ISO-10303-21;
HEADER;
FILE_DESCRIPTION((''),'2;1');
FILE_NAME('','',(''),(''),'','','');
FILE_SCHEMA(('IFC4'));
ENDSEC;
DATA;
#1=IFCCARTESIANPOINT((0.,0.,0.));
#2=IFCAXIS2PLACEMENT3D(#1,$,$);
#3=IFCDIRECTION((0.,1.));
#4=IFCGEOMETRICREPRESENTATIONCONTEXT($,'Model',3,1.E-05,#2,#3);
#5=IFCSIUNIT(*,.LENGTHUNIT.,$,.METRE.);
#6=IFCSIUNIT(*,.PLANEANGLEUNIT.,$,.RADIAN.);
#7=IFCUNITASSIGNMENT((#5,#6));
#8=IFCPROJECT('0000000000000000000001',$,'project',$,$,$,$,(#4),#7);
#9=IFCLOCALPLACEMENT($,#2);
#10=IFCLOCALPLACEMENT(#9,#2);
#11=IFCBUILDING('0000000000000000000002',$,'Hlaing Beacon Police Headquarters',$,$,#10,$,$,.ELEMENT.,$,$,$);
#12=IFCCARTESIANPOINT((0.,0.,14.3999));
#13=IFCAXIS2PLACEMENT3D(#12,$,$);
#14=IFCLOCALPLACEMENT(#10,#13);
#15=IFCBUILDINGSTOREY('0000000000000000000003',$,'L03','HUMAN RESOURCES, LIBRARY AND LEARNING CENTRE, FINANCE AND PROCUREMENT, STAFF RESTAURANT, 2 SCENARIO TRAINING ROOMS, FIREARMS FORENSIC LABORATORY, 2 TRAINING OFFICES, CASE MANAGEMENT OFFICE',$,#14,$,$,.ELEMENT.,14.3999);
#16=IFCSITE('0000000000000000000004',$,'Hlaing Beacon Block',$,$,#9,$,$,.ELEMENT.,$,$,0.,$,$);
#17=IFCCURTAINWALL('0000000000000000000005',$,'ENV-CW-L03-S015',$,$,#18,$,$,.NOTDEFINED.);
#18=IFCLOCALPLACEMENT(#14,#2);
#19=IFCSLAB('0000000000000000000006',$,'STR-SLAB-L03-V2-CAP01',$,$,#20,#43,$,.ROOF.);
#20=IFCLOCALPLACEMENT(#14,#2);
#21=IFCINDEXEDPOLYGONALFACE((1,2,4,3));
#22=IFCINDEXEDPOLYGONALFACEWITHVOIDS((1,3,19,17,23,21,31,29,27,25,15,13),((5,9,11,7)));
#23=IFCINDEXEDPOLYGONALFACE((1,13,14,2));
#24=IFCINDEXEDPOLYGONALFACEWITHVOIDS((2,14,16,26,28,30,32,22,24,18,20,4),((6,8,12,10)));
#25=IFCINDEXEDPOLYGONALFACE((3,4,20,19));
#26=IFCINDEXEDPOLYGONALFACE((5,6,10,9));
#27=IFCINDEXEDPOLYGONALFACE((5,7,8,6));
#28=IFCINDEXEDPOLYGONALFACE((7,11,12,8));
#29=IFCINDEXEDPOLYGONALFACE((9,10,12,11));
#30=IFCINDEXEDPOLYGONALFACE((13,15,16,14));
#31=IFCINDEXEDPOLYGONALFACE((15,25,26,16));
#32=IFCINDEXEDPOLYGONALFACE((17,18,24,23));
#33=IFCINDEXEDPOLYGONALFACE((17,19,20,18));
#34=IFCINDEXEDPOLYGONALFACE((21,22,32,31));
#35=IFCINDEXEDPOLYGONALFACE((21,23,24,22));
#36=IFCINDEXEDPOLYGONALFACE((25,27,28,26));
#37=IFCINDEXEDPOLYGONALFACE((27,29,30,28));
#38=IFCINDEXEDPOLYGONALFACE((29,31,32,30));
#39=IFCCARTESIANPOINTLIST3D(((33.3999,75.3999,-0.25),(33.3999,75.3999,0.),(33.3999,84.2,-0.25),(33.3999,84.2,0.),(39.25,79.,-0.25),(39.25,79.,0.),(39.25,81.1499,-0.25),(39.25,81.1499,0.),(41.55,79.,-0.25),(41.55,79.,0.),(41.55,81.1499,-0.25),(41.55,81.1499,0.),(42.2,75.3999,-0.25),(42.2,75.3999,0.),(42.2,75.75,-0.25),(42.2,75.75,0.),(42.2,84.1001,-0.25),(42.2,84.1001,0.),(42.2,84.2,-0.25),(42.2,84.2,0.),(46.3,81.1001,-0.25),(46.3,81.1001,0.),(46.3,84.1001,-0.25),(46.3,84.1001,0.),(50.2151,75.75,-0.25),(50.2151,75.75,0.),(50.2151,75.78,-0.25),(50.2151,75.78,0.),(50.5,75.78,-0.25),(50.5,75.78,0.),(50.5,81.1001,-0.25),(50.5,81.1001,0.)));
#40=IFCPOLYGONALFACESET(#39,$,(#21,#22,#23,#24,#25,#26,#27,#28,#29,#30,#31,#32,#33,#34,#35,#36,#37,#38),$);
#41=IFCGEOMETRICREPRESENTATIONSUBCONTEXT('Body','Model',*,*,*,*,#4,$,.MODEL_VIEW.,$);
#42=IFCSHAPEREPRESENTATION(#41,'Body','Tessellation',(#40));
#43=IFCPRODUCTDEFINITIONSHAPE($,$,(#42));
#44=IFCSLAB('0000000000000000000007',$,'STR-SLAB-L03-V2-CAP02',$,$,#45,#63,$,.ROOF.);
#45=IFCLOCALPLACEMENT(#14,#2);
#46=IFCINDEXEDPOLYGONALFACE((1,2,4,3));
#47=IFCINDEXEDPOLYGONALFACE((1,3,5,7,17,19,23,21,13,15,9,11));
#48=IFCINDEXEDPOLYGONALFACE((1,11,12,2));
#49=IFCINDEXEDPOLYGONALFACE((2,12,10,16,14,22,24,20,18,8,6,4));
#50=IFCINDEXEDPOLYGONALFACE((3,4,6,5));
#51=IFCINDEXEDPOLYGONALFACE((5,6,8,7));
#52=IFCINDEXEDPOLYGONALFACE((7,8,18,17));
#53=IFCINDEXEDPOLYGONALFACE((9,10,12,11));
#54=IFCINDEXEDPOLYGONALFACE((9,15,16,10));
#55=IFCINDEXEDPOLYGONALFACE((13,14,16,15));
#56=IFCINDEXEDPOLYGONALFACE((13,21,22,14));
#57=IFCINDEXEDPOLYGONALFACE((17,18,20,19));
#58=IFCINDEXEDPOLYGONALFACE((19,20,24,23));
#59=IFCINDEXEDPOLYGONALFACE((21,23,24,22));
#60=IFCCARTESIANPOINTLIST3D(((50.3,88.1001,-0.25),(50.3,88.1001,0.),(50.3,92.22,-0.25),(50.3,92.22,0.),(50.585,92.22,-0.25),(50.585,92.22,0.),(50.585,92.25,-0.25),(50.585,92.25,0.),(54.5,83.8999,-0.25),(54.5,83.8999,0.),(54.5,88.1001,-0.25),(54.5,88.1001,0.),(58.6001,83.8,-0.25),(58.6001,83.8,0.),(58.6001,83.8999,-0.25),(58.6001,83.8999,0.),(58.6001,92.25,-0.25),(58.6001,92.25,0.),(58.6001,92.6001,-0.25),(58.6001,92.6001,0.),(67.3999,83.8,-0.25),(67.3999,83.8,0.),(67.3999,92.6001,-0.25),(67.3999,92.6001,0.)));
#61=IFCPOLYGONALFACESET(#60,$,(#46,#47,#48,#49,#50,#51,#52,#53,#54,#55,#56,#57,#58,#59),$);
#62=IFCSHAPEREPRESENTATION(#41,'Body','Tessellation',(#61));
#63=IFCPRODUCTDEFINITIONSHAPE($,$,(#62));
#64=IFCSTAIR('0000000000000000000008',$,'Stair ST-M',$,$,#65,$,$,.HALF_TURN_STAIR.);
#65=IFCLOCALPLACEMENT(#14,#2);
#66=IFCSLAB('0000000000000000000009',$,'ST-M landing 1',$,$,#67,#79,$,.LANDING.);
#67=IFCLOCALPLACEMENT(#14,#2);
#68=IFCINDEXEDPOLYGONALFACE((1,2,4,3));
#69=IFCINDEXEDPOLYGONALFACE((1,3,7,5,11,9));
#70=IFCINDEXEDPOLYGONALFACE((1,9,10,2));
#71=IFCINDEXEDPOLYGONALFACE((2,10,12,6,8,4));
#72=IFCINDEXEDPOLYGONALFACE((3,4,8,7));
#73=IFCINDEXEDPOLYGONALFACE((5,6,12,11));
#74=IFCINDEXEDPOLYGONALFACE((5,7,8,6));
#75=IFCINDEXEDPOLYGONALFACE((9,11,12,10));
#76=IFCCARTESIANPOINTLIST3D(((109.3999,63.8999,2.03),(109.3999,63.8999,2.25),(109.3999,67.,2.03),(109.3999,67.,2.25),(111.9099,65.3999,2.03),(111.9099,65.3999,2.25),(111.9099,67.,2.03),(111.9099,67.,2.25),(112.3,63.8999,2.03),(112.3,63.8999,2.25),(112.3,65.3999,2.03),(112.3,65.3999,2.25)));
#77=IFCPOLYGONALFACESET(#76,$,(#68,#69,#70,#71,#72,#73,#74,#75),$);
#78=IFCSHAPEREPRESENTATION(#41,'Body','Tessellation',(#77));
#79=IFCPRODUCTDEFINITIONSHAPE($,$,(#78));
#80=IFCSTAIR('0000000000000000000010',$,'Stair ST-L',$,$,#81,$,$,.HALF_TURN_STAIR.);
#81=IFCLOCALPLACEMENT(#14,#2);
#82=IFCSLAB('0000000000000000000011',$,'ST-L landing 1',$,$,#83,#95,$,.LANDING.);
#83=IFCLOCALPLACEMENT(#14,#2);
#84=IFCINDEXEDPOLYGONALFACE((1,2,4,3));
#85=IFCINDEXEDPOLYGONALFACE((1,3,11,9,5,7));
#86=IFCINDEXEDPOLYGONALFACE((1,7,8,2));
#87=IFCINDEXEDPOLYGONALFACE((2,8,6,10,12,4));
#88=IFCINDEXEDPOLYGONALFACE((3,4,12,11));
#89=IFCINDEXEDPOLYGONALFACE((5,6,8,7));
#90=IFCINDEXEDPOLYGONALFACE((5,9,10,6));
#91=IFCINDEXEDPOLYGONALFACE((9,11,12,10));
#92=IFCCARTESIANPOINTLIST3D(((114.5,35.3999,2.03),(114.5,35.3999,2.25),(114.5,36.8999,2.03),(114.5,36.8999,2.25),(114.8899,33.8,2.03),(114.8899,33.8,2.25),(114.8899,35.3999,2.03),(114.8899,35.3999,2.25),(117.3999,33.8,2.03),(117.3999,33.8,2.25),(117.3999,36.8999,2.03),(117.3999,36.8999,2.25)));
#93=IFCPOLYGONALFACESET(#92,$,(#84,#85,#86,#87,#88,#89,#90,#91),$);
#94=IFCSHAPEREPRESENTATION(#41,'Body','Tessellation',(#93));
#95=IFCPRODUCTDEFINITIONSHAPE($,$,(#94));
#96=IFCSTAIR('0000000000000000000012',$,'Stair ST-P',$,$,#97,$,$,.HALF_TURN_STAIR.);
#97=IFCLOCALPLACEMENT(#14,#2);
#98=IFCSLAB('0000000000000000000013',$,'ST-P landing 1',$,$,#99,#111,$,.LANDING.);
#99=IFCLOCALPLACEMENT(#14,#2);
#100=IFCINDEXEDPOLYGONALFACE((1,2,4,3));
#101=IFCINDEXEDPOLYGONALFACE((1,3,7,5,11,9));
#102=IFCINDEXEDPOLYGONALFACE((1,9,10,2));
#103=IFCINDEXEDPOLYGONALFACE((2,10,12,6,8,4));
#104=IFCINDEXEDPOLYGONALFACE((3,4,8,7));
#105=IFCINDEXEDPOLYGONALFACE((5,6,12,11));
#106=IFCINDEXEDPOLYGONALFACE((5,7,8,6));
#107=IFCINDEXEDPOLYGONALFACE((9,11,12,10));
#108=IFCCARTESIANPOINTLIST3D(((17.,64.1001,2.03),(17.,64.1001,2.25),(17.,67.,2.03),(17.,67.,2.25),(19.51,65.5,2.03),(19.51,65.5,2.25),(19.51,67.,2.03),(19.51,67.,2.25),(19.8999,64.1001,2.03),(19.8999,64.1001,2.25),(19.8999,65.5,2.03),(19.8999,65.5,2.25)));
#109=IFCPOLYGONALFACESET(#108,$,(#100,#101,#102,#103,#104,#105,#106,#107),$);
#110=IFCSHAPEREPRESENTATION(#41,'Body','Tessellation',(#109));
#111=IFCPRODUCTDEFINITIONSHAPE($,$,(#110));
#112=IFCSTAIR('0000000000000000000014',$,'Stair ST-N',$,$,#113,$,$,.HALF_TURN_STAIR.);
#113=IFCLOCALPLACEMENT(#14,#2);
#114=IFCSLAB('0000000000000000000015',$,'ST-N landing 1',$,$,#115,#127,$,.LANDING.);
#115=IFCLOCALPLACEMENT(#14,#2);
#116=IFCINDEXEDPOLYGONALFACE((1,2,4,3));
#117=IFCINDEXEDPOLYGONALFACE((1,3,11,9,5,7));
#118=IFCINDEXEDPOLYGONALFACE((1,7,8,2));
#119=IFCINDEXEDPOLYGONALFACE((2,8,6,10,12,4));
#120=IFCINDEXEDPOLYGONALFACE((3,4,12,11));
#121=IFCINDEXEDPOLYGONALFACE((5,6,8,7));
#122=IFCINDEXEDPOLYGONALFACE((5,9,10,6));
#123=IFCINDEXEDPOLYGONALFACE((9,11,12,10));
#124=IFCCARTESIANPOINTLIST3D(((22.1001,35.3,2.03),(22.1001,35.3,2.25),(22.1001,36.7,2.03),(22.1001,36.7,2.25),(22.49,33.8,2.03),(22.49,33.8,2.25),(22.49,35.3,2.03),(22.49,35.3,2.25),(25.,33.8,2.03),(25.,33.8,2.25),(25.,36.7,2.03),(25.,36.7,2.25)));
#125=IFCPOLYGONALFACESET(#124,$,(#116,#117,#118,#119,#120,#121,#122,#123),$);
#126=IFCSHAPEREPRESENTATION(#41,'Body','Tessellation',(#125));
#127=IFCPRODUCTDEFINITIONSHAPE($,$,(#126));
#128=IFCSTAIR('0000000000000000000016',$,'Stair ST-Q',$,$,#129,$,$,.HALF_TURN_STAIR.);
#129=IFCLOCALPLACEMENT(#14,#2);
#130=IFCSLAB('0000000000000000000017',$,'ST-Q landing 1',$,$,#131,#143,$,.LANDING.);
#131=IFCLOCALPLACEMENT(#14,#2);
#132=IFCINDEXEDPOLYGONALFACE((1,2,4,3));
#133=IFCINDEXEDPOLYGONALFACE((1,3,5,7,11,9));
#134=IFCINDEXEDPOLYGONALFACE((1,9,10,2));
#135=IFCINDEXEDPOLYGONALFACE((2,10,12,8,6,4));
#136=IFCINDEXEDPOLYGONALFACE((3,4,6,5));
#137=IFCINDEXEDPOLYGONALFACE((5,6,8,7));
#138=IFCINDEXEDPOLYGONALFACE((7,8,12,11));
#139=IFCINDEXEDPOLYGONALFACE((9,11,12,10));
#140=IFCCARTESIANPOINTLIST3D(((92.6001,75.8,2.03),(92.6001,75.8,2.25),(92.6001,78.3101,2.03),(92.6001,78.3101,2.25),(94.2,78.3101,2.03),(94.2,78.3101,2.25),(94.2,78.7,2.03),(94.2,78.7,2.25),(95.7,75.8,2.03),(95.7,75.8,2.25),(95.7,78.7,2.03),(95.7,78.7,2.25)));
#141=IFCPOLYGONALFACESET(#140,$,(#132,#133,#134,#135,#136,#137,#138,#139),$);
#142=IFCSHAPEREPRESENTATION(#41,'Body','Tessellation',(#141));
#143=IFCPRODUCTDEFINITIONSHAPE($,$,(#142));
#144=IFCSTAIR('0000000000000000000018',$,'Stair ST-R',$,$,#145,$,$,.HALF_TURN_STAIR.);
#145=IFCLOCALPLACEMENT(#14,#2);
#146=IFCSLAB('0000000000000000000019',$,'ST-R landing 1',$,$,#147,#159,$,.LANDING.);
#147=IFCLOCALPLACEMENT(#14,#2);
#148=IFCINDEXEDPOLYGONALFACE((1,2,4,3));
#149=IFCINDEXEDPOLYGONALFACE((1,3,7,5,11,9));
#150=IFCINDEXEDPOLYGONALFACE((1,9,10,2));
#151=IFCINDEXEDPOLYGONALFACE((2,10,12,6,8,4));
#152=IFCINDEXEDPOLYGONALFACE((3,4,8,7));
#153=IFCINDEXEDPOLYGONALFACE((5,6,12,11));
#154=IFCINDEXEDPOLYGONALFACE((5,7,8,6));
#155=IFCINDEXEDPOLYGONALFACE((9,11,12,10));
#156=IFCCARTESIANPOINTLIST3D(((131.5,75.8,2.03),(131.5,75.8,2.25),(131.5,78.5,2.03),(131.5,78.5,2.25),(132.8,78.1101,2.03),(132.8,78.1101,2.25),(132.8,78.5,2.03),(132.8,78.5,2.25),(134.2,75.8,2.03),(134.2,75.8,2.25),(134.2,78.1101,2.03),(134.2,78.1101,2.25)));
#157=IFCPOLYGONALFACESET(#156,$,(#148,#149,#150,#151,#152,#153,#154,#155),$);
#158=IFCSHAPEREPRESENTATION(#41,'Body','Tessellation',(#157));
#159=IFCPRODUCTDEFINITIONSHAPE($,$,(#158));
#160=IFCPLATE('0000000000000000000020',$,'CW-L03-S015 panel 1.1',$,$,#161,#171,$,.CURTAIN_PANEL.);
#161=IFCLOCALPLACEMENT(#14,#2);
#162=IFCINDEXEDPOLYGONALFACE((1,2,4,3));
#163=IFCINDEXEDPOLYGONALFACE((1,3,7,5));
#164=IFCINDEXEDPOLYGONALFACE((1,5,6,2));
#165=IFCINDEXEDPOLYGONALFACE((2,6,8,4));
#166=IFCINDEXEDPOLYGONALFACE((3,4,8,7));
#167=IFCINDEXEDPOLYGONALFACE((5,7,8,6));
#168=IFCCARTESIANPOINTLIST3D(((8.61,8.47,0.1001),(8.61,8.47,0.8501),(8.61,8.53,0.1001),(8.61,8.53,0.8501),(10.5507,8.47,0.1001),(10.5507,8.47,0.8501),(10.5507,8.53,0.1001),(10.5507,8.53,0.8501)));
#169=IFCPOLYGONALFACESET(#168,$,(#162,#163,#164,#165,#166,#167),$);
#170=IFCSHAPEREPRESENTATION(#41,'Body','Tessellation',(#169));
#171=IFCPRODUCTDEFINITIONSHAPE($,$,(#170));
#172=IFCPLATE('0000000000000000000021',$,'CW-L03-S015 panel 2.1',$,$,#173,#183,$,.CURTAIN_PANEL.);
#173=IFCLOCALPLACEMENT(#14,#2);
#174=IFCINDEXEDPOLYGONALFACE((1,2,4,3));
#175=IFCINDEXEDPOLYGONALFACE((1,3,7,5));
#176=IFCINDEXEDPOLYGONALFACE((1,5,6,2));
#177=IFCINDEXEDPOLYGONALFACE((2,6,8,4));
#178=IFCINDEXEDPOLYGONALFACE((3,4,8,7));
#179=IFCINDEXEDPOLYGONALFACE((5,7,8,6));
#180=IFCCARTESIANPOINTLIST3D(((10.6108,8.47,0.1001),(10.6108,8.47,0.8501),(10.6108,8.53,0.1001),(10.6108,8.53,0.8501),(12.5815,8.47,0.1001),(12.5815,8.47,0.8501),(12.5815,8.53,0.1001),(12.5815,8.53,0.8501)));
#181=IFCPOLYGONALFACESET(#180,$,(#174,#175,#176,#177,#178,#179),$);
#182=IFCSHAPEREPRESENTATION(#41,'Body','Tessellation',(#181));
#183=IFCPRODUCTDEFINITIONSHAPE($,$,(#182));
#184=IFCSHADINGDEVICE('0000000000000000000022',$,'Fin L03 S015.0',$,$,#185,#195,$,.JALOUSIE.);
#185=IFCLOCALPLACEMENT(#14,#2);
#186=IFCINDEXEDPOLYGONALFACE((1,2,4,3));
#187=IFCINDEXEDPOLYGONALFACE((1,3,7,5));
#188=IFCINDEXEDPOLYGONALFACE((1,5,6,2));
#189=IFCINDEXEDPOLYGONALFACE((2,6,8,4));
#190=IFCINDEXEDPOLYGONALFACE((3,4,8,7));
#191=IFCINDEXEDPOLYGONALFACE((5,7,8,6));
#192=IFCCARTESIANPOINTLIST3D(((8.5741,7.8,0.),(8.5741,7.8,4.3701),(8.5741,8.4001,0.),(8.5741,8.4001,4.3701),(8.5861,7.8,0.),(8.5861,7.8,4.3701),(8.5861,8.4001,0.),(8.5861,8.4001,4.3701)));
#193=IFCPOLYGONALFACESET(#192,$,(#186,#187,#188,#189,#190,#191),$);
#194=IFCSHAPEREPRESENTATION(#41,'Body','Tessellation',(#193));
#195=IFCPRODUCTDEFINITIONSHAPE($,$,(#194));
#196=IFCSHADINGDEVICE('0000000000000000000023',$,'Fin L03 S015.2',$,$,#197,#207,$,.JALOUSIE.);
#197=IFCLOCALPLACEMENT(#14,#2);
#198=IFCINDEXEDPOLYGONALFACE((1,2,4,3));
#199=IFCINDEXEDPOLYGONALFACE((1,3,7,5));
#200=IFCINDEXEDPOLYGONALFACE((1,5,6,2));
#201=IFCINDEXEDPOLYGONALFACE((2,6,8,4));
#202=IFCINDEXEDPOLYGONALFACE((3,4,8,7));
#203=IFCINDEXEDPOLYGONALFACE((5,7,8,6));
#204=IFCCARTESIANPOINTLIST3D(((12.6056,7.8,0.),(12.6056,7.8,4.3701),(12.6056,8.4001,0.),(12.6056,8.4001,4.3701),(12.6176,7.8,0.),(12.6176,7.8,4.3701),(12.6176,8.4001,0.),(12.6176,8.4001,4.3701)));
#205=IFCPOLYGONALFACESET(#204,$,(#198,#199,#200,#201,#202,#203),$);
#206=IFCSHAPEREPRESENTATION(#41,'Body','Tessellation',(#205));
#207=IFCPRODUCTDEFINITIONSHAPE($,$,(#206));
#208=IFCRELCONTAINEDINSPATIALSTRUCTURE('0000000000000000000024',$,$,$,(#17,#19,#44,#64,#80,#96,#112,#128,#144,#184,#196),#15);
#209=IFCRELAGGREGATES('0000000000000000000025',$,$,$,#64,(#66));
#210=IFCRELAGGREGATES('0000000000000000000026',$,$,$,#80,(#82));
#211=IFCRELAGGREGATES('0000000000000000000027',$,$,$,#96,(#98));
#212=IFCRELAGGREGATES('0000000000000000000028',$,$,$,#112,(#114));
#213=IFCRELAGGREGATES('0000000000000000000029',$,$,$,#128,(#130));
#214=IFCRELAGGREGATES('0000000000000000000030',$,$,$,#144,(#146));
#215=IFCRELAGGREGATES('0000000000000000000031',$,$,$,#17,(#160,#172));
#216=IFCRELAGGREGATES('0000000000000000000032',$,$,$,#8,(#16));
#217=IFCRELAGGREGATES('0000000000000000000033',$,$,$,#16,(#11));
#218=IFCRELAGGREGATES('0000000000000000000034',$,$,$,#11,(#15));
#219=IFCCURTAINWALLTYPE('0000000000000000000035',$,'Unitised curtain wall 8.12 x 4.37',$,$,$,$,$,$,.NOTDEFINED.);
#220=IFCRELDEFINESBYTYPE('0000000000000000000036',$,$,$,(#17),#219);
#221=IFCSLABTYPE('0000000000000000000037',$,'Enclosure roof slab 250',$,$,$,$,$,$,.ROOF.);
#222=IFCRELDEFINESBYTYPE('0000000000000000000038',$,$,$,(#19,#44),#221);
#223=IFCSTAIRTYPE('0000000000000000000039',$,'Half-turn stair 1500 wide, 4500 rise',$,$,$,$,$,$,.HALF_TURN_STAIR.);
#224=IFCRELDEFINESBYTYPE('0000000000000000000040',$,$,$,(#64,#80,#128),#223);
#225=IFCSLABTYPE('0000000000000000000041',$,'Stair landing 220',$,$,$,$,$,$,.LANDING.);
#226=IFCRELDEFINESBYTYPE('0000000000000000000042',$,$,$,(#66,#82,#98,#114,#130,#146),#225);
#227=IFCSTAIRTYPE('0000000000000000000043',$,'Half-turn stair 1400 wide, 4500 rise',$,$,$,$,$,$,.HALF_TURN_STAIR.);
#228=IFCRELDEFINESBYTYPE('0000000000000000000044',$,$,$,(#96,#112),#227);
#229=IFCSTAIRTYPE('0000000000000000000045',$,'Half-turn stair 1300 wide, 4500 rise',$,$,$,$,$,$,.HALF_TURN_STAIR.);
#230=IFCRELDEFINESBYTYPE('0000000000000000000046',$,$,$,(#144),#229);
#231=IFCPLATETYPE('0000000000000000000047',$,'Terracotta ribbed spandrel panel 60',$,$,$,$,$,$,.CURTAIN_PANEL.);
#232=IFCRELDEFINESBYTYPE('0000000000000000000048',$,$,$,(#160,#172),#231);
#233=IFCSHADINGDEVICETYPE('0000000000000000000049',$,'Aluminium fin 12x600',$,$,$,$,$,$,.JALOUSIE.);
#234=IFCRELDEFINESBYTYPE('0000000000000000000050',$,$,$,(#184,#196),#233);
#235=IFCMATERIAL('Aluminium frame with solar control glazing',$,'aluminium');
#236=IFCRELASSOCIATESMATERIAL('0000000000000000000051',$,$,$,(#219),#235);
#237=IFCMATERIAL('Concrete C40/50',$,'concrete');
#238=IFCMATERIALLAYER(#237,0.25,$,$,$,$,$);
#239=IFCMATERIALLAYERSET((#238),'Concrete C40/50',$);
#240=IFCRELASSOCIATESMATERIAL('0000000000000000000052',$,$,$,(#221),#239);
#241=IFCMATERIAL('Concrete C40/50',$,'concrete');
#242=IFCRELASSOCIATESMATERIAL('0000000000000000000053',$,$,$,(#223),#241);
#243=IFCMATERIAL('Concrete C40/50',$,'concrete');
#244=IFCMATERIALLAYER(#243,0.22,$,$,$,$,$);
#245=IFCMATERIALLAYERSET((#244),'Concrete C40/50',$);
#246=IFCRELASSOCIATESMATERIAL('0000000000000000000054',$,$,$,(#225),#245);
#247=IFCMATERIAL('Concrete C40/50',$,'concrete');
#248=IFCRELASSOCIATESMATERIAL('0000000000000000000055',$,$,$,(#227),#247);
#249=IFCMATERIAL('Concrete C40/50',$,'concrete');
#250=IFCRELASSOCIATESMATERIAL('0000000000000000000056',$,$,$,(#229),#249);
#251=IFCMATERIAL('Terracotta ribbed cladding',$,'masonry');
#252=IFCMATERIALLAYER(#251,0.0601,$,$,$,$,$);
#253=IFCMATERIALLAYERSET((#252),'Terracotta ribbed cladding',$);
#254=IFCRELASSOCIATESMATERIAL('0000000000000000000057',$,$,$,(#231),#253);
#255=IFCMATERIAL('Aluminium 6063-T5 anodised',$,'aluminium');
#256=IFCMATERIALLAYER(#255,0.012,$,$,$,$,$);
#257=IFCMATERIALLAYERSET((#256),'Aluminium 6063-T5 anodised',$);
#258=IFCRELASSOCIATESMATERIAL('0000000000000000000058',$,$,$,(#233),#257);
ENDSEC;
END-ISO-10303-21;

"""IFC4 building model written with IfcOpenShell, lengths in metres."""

from ifc_helpers import new_model, si_unit, direction, frame, origin, origin_2d, place, context, subcontext, project, spatial, polyline, rectangle, outline, extrude, material, layer, layer_set, type_object, element, aggregate, save


model = new_model("IFC4")

# Units and contexts
model_context = context("Model", 3, precision=1e-05, world=origin(), true_north=direction((0.0, 1.0)))
body_context = subcontext(model_context, "Body", "Model", "MODEL_VIEW")
ifc_project = project(units=[si_unit("LENGTHUNIT", "METRE"), si_unit("PLANEANGLEUNIT", "RADIAN")], contexts=[model_context])

# Site, building, storey
site_placement = place(None, origin())
site = spatial("IfcSite", under=ifc_project, at=site_placement, Name="Hlaing Beacon Block", CompositionType="ELEMENT", RefElevation=0.0)
building_placement = place(site_placement, origin())
building = spatial("IfcBuilding", under=site, at=building_placement, Name="Hlaing Beacon Police Headquarters", CompositionType="ELEMENT")
storey_placement = place(building_placement, frame((0.0, 0.0, 14.3999)))
storey = spatial("IfcBuildingStorey", under=building, at=storey_placement, Name="L03", Description="HUMAN RESOURCES, LIBRARY AND LEARNING CENTRE, FINANCE AND PROCUREMENT, STAFF RESTAURANT, 2 SCENARIO TRAINING ROOMS, FIREARMS FORENSIC LABORATORY, 2 TRAINING OFFICES, CASE MANAGEMENT OFFICE", CompositionType="ELEMENT", Elevation=14.3999)

# Curtain wall
ifc_material_1 = material(Name="Aluminium frame with solar control glazing", Category="aluminium")
curtain_wall_type = type_object("IfcCurtainWallType", Name="Unitised curtain wall 8.12 x 4.37", PredefinedType="NOTDEFINED", material=ifc_material_1)
curtain_wall_placement = place(storey_placement, origin())
curtain_wall = element("IfcCurtainWall", 1, at=curtain_wall_placement, inside=storey, type_object=curtain_wall_type, Name="ENV-CW-L03-S015", PredefinedType="NOTDEFINED")

# Slabs
ifc_material_2 = material(Name="Concrete C40/50", Category="concrete")
ifc_layer_1 = layer(ifc_material_2, 0.25)
ifc_layer_set_1 = layer_set([ifc_layer_1], Name="Concrete C40/50")
slab_type_1 = type_object("IfcSlabType", Name="Enclosure roof slab 250", PredefinedType="ROOF", material=ifc_layer_set_1)
slab_1_placement = place(storey_placement, frame((0.0, 0.0, -0.25)))
element("IfcSlab", 2, at=slab_1_placement, inside=storey, type_object=slab_type_1, Name="STR-SLAB-L03-V2-CAP01", PredefinedType="ROOF", context=body_context, shape_type="SweptSolid", body=[
    extrude(outline(polyline([(33.3999, 75.3999), (42.2, 75.3999), (42.2, 75.75), (50.2151, 75.75), (50.2151, 75.78), (50.5, 75.78), (50.5, 81.1001), (46.3, 81.1001), (46.3, 84.1001), (42.2, 84.1001), (42.2, 84.2), (33.3999, 84.2), (33.3999, 75.3999)]), holes=[polyline([(39.25, 79.0), (41.55, 79.0), (41.55, 81.1499), (39.25, 81.1499), (39.25, 79.0)])]), origin(), (0.0, 0.0, 1.0), 0.25),
])
slab_2_placement = place(storey_placement, frame((0.0, 0.0, -0.25)))
element("IfcSlab", 3, at=slab_2_placement, inside=storey, type_object=slab_type_1, Name="STR-SLAB-L03-V2-CAP02", PredefinedType="ROOF", context=body_context, shape_type="SweptSolid", body=[
    extrude(outline(polyline([(58.6001, 83.8), (67.3999, 83.8), (67.3999, 92.6001), (58.6001, 92.6001), (58.6001, 92.25), (50.585, 92.25), (50.585, 92.22), (50.3, 92.22), (50.3, 88.1001), (54.5, 88.1001), (54.5, 83.8999), (58.6001, 83.8999), (58.6001, 83.8)])), origin(), (0.0, 0.0, 1.0), 0.25),
])

# Stairs, slabs
ifc_material_3 = material(Name="Concrete C40/50", Category="concrete")
stair_type_1 = type_object("IfcStairType", Name="Half-turn stair 1500 wide, 4500 rise", PredefinedType="HALF_TURN_STAIR", material=ifc_material_3)
stair_1_placement = place(storey_placement, origin())
stair_1 = element("IfcStair", 4, at=stair_1_placement, inside=storey, type_object=stair_type_1, Name="Stair ST-M", PredefinedType="HALF_TURN_STAIR")
ifc_material_4 = material(Name="Concrete C40/50", Category="concrete")
ifc_layer_2 = layer(ifc_material_4, 0.22)
ifc_layer_set_2 = layer_set([ifc_layer_2], Name="Concrete C40/50")
slab_type_2 = type_object("IfcSlabType", Name="Stair landing 220", PredefinedType="LANDING", material=ifc_layer_set_2)
slab_3_placement = place(storey_placement, frame((0.0, 0.0, 2.03)))
slab_3 = element("IfcSlab", 5, at=slab_3_placement, type_object=slab_type_2, Name="ST-M landing 1", PredefinedType="LANDING", context=body_context, shape_type="SweptSolid", body=[
    extrude(outline(polyline([(111.9099, 67.0), (109.3999, 67.0), (109.3999, 63.8999), (112.3, 63.8999), (112.3, 65.3999), (111.9099, 65.3999), (111.9099, 67.0)])), origin(), (0.0, 0.0, 1.0), 0.22),
])
aggregate(stair_1, [slab_3])
stair_2_placement = place(storey_placement, origin())
stair_2 = element("IfcStair", 6, at=stair_2_placement, inside=storey, type_object=stair_type_1, Name="Stair ST-L", PredefinedType="HALF_TURN_STAIR")
slab_4_placement = place(storey_placement, frame((0.0, 0.0, 2.03)))
slab_4 = element("IfcSlab", 7, at=slab_4_placement, type_object=slab_type_2, Name="ST-L landing 1", PredefinedType="LANDING", context=body_context, shape_type="SweptSolid", body=[
    extrude(outline(polyline([(114.8899, 33.8), (117.3999, 33.8), (117.3999, 36.8999), (114.5, 36.8999), (114.5, 35.3999), (114.8899, 35.3999), (114.8899, 33.8)])), origin(), (0.0, 0.0, 1.0), 0.22),
])
aggregate(stair_2, [slab_4])
ifc_material_5 = material(Name="Concrete C40/50", Category="concrete")
stair_type_2 = type_object("IfcStairType", Name="Half-turn stair 1400 wide, 4500 rise", PredefinedType="HALF_TURN_STAIR", material=ifc_material_5)
stair_3_placement = place(storey_placement, origin())
stair_3 = element("IfcStair", 8, at=stair_3_placement, inside=storey, type_object=stair_type_2, Name="Stair ST-P", PredefinedType="HALF_TURN_STAIR")
slab_5_placement = place(storey_placement, frame((0.0, 0.0, 2.03)))
slab_5 = element("IfcSlab", 9, at=slab_5_placement, type_object=slab_type_2, Name="ST-P landing 1", PredefinedType="LANDING", context=body_context, shape_type="SweptSolid", body=[
    extrude(outline(polyline([(19.51, 67.0), (17.0, 67.0), (17.0, 64.1001), (19.8999, 64.1001), (19.8999, 65.5), (19.51, 65.5), (19.51, 67.0)])), origin(), (0.0, 0.0, 1.0), 0.22),
])
aggregate(stair_3, [slab_5])
stair_4_placement = place(storey_placement, origin())
stair_4 = element("IfcStair", 10, at=stair_4_placement, inside=storey, type_object=stair_type_2, Name="Stair ST-N", PredefinedType="HALF_TURN_STAIR")
slab_6_placement = place(storey_placement, frame((0.0, 0.0, 2.03)))
slab_6 = element("IfcSlab", 11, at=slab_6_placement, type_object=slab_type_2, Name="ST-N landing 1", PredefinedType="LANDING", context=body_context, shape_type="SweptSolid", body=[
    extrude(outline(polyline([(22.49, 33.8), (25.0, 33.8), (25.0, 36.7), (22.1001, 36.7), (22.1001, 35.3), (22.49, 35.3), (22.49, 33.8)])), origin(), (0.0, 0.0, 1.0), 0.22),
])
aggregate(stair_4, [slab_6])
stair_5_placement = place(storey_placement, origin())
stair_5 = element("IfcStair", 12, at=stair_5_placement, inside=storey, type_object=stair_type_1, Name="Stair ST-Q", PredefinedType="HALF_TURN_STAIR")
slab_7_placement = place(storey_placement, frame((0.0, 0.0, 2.03)))
slab_7 = element("IfcSlab", 13, at=slab_7_placement, type_object=slab_type_2, Name="ST-Q landing 1", PredefinedType="LANDING", context=body_context, shape_type="SweptSolid", body=[
    extrude(outline(polyline([(92.6001, 78.3101), (92.6001, 75.8), (95.7, 75.8), (95.7, 78.7), (94.2, 78.7), (94.2, 78.3101), (92.6001, 78.3101)])), origin(), (0.0, 0.0, 1.0), 0.22),
])
aggregate(stair_5, [slab_7])
ifc_material_6 = material(Name="Concrete C40/50", Category="concrete")
stair_type_3 = type_object("IfcStairType", Name="Half-turn stair 1300 wide, 4500 rise", PredefinedType="HALF_TURN_STAIR", material=ifc_material_6)
stair_6_placement = place(storey_placement, origin())
stair_6 = element("IfcStair", 14, at=stair_6_placement, inside=storey, type_object=stair_type_3, Name="Stair ST-R", PredefinedType="HALF_TURN_STAIR")
slab_8_placement = place(storey_placement, frame((0.0, 0.0, 2.03)))
slab_8 = element("IfcSlab", 15, at=slab_8_placement, type_object=slab_type_2, Name="ST-R landing 1", PredefinedType="LANDING", context=body_context, shape_type="SweptSolid", body=[
    extrude(outline(polyline([(134.2, 78.1101), (134.2, 75.8), (131.5, 75.8), (131.5, 78.5), (132.8, 78.5), (132.8, 78.1101), (134.2, 78.1101)])), origin(), (0.0, 0.0, 1.0), 0.22),
])
aggregate(stair_6, [slab_8])

# Plates
ifc_material_7 = material(Name="Terracotta ribbed cladding", Category="masonry")
ifc_layer_3 = layer(ifc_material_7, 0.0601)
ifc_layer_set_3 = layer_set([ifc_layer_3], Name="Terracotta ribbed cladding")
plate_type_1 = type_object("IfcPlateType", Name="Terracotta ribbed spandrel panel 60", PredefinedType="CURTAIN_PANEL", material=ifc_layer_set_3)
plate_1_placement = place(storey_placement, frame((9.5803, 8.5, 0.1001), z_axis=(0.0, 0.0, 1.0), x_axis=(1.0, 0.0, 0.0)))
plate_1 = element("IfcPlate", 16, at=plate_1_placement, type_object=plate_type_1, Name="CW-L03-S015 panel 1.1", PredefinedType="CURTAIN_PANEL", context=body_context, shape_type="SweptSolid", body=[
    extrude(rectangle(XDim=1.9407, YDim=0.0601, at=origin_2d()), origin(), (0.0, 0.0, 1.0), 0.75),
])
plate_2_placement = place(storey_placement, frame((11.5962, 8.5, 0.1001), z_axis=(0.0, 0.0, 1.0), x_axis=(1.0, 0.0, 0.0)))
plate_2 = element("IfcPlate", 17, at=plate_2_placement, type_object=plate_type_1, Name="CW-L03-S015 panel 2.1", PredefinedType="CURTAIN_PANEL", context=body_context, shape_type="SweptSolid", body=[
    extrude(rectangle(XDim=1.9707, YDim=0.0601, at=origin_2d()), origin(), (0.0, 0.0, 1.0), 0.75),
])
aggregate(curtain_wall, [plate_1, plate_2])

# Shading devices
ifc_material_8 = material(Name="Aluminium 6063-T5 anodised", Category="aluminium")
ifc_layer_4 = layer(ifc_material_8, 0.012)
ifc_layer_set_4 = layer_set([ifc_layer_4], Name="Aluminium 6063-T5 anodised")
shading_device_type = type_object("IfcShadingDeviceType", Name="Aluminium fin 12x600", PredefinedType="JALOUSIE", material=ifc_layer_set_4)
for number, where, z_axis, x_axis, name in (
    (18, (8.5801, 8.1001, 0.0), (0.0, 0.0, 1.0), (1.0, 0.0, 0.0), "Fin L03 S015.0"),
    (19, (12.6116, 8.1001, 0.0), (0.0, 0.0, 1.0), (1.0, 0.0, 0.0), "Fin L03 S015.2"),
):
    element("IfcShadingDevice", number, at=place(storey_placement, frame(where, z_axis=z_axis, x_axis=x_axis)), inside=storey, type_object=shading_device_type, Name=name, PredefinedType="JALOUSIE", context=body_context, shape_type="SweptSolid", body=[
        extrude(rectangle(XDim=0.012, YDim=0.6001, at=origin_2d()), origin(), (0.0, 0.0, 1.0), 4.3701),
    ])

save(model, "model.ifc")
